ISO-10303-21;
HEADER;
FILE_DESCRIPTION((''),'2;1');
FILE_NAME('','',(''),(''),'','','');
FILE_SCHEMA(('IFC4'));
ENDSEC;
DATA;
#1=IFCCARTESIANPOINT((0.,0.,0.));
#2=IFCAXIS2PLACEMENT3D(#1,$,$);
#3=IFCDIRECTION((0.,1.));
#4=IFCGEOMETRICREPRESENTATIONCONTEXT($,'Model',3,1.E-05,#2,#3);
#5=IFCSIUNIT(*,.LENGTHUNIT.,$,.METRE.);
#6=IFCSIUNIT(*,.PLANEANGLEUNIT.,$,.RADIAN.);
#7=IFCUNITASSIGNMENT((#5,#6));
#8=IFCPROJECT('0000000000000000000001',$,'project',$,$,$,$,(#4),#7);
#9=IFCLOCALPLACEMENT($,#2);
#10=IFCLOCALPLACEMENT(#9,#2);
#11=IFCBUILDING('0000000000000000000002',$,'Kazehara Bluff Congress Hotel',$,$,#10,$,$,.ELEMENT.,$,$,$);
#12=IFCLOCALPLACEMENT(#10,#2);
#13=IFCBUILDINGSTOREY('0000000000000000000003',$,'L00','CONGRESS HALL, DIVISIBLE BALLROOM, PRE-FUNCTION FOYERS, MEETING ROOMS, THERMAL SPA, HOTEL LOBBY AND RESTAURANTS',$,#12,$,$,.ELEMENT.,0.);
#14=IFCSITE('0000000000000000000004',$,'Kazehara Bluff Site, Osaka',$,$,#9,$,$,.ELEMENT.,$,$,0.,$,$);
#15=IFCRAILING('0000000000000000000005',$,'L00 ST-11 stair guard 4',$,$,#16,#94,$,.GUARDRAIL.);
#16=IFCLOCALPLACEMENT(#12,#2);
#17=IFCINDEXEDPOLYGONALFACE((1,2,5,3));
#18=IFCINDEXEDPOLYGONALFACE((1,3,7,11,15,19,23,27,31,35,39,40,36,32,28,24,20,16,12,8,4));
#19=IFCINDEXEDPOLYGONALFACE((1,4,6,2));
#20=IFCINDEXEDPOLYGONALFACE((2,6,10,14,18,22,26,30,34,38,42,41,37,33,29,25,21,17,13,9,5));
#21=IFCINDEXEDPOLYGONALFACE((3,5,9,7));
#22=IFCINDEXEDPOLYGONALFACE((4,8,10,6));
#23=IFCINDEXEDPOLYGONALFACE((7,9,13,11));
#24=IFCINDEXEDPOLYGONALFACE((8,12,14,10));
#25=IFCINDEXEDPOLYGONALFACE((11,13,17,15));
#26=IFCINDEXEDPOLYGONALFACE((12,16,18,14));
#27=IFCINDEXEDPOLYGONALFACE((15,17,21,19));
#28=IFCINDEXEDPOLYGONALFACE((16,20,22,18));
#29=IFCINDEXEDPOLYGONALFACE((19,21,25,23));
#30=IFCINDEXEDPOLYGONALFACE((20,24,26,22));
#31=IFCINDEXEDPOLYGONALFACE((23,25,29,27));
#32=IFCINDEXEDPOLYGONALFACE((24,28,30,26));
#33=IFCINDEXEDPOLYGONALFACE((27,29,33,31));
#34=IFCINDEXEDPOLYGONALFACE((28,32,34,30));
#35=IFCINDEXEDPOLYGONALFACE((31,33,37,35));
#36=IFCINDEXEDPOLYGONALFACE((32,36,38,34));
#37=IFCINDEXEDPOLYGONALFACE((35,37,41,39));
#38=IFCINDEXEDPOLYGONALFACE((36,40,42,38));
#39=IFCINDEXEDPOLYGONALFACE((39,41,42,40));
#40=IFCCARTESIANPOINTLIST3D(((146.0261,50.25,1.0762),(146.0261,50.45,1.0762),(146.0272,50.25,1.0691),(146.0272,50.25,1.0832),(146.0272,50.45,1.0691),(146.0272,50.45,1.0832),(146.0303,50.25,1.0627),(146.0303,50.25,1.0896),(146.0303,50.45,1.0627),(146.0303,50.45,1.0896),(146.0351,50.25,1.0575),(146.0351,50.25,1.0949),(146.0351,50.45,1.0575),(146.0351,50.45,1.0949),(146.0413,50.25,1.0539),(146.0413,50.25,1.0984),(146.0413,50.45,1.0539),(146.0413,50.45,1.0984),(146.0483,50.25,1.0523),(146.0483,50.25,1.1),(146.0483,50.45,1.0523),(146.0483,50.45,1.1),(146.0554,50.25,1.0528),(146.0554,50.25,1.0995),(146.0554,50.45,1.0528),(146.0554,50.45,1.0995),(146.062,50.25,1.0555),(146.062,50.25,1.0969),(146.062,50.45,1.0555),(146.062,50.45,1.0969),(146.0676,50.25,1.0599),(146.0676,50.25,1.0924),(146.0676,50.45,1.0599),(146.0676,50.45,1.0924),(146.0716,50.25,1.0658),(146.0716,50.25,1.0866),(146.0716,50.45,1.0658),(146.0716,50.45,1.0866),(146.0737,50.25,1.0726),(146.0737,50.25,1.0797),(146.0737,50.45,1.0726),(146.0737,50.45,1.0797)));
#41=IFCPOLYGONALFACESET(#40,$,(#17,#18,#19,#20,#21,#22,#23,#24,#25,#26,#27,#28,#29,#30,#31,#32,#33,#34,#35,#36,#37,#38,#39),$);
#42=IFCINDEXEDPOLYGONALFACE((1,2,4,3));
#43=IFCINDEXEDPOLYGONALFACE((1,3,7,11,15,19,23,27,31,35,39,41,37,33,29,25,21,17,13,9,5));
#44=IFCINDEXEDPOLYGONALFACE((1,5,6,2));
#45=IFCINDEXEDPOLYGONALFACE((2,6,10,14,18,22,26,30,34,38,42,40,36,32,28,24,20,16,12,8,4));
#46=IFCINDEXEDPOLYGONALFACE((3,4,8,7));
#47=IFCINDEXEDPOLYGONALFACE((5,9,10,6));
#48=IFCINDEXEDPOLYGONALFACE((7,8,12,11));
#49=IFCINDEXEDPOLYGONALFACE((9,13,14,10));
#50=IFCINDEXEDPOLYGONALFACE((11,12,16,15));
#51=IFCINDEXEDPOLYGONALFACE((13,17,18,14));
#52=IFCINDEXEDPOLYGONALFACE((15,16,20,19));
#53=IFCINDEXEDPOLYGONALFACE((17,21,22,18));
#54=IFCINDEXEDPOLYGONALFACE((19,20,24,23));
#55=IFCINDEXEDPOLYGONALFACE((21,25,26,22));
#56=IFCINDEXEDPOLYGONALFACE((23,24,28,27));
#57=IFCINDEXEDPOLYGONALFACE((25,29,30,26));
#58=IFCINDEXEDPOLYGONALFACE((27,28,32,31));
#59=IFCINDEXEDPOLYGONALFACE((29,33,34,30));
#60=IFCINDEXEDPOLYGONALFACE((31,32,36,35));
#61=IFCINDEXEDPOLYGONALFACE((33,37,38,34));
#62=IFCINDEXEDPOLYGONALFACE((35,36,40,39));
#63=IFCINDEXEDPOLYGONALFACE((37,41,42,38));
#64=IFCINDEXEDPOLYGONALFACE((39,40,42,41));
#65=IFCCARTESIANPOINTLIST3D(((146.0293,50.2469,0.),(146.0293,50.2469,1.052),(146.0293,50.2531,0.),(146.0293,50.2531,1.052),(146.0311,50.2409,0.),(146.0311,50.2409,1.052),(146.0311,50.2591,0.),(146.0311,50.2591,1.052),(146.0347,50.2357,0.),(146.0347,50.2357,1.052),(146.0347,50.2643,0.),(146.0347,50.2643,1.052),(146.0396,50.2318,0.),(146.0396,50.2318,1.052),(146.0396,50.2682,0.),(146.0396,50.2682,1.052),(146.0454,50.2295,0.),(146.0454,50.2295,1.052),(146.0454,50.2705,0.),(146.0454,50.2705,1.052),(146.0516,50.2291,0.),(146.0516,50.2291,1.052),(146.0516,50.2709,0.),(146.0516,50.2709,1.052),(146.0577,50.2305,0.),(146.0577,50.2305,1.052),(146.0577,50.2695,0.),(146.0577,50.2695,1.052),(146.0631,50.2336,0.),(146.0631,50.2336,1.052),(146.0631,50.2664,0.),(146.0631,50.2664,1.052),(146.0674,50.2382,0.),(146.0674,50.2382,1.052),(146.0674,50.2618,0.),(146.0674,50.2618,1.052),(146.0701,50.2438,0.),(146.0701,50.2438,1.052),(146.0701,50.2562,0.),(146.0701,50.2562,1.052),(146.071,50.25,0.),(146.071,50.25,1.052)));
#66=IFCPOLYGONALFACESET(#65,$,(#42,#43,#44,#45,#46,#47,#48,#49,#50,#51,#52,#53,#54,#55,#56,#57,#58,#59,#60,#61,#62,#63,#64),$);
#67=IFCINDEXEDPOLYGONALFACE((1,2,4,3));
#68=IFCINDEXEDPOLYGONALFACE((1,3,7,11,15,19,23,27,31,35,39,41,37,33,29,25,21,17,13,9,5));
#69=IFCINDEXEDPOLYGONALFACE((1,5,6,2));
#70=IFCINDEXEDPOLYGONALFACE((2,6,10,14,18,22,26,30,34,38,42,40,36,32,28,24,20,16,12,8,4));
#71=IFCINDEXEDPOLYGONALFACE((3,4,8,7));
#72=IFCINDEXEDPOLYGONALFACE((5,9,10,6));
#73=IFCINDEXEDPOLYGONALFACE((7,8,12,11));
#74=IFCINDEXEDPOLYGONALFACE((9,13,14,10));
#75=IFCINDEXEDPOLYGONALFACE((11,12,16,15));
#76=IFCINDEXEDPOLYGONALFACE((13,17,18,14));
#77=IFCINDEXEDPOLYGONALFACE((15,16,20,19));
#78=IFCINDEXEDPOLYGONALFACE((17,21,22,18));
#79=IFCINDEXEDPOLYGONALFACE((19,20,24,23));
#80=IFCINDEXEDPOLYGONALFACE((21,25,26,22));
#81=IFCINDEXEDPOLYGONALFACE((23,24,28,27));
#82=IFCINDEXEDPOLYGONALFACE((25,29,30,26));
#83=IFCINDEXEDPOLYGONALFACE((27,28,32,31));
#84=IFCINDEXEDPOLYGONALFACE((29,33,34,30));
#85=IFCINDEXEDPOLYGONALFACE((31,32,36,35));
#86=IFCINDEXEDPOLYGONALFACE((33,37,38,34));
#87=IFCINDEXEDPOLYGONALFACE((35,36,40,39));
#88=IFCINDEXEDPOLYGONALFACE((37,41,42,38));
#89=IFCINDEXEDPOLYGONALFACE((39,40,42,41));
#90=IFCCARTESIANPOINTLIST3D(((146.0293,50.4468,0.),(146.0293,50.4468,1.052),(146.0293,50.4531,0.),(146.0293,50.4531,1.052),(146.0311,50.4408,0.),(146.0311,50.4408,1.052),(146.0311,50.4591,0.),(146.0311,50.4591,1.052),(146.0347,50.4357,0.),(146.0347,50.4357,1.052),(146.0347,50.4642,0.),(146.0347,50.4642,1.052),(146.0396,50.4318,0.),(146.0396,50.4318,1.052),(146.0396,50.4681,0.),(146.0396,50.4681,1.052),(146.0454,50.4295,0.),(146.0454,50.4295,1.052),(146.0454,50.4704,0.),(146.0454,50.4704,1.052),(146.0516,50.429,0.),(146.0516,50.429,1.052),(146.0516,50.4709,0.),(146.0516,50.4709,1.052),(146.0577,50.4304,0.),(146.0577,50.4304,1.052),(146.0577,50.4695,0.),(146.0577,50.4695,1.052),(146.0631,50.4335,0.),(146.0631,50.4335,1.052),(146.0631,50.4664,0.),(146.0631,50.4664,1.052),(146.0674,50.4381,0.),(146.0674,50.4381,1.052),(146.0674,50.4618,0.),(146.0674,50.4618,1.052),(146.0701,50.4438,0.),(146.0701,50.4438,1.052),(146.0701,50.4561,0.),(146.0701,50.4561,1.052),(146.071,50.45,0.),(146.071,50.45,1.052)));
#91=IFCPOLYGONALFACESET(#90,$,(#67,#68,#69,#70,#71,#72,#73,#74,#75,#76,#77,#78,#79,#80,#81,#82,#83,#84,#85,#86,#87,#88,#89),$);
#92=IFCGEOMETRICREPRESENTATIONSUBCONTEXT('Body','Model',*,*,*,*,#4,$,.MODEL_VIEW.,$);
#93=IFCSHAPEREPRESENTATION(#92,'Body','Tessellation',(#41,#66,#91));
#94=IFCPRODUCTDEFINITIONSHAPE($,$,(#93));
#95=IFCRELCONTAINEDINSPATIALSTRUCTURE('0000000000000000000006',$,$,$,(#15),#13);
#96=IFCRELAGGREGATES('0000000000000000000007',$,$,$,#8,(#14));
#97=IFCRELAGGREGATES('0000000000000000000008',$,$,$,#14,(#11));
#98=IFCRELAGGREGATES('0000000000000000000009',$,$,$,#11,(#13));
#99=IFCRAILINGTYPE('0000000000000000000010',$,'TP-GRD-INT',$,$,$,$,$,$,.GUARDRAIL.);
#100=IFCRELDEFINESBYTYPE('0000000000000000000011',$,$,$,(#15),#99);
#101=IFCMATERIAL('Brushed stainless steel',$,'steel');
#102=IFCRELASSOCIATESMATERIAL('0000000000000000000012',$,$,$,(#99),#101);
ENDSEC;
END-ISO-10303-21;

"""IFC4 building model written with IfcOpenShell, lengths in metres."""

from ifc_helpers import new_model, si_unit, direction, frame, origin, origin_2d, place, context, subcontext, project, spatial, circle, extrude, material, type_object, element, save


model = new_model("IFC4")

# Units and contexts
model_context = context("Model", 3, precision=1e-05, world=origin(), true_north=direction((0.0, 1.0)))
body_context = subcontext(model_context, "Body", "Model", "MODEL_VIEW")
ifc_project = project(units=[si_unit("LENGTHUNIT", "METRE"), si_unit("PLANEANGLEUNIT", "RADIAN")], contexts=[model_context])

# Site, building, storey
site_placement = place(None, origin())
site = spatial("IfcSite", under=ifc_project, at=site_placement, Name="Kazehara Bluff Site, Osaka", CompositionType="ELEMENT", RefElevation=0.0)
building_placement = place(site_placement, origin())
building = spatial("IfcBuilding", under=site, at=building_placement, Name="Kazehara Bluff Congress Hotel", CompositionType="ELEMENT")
storey_placement = place(building_placement, origin())
storey = spatial("IfcBuildingStorey", under=building, at=storey_placement, Name="L00", Description="CONGRESS HALL, DIVISIBLE BALLROOM, PRE-FUNCTION FOYERS, MEETING ROOMS, THERMAL SPA, HOTEL LOBBY AND RESTAURANTS", CompositionType="ELEMENT", Elevation=0.0)

# Railing
ifc_material_1 = material(Name="Brushed stainless steel", Category="steel")
railing_type_1 = type_object("IfcRailingType", Name="TP-GRD-INT", PredefinedType="GUARDRAIL", material=ifc_material_1)
railing_1_placement = place(storey_placement, frame((146.05, 50.25, 0.0)))
element("IfcRailing", 1, at=railing_1_placement, inside=storey, type_object=railing_type_1, Name="L00 ST-11 stair guard 4", PredefinedType="GUARDRAIL", context=body_context, shape_type="SweptSolid", body=[
    extrude(circle(Radius=0.0239, at=origin_2d()), frame((0.0, 0.0, 1.0762), z_axis=(0.0, 1.0, 0.0), x_axis=(-1.0, 0.0, 0.0)), (0.0, 0.0, 1.0), 0.2),
    extrude(circle(Radius=0.021, at=origin_2d()), origin(), (0.0, 0.0, 1.0), 1.052),
    extrude(circle(Radius=0.021, at=origin_2d()), frame((0.0, 0.2, 0.0)), (0.0, 0.0, 1.0), 1.052),
])

save(model, "model.ifc")
